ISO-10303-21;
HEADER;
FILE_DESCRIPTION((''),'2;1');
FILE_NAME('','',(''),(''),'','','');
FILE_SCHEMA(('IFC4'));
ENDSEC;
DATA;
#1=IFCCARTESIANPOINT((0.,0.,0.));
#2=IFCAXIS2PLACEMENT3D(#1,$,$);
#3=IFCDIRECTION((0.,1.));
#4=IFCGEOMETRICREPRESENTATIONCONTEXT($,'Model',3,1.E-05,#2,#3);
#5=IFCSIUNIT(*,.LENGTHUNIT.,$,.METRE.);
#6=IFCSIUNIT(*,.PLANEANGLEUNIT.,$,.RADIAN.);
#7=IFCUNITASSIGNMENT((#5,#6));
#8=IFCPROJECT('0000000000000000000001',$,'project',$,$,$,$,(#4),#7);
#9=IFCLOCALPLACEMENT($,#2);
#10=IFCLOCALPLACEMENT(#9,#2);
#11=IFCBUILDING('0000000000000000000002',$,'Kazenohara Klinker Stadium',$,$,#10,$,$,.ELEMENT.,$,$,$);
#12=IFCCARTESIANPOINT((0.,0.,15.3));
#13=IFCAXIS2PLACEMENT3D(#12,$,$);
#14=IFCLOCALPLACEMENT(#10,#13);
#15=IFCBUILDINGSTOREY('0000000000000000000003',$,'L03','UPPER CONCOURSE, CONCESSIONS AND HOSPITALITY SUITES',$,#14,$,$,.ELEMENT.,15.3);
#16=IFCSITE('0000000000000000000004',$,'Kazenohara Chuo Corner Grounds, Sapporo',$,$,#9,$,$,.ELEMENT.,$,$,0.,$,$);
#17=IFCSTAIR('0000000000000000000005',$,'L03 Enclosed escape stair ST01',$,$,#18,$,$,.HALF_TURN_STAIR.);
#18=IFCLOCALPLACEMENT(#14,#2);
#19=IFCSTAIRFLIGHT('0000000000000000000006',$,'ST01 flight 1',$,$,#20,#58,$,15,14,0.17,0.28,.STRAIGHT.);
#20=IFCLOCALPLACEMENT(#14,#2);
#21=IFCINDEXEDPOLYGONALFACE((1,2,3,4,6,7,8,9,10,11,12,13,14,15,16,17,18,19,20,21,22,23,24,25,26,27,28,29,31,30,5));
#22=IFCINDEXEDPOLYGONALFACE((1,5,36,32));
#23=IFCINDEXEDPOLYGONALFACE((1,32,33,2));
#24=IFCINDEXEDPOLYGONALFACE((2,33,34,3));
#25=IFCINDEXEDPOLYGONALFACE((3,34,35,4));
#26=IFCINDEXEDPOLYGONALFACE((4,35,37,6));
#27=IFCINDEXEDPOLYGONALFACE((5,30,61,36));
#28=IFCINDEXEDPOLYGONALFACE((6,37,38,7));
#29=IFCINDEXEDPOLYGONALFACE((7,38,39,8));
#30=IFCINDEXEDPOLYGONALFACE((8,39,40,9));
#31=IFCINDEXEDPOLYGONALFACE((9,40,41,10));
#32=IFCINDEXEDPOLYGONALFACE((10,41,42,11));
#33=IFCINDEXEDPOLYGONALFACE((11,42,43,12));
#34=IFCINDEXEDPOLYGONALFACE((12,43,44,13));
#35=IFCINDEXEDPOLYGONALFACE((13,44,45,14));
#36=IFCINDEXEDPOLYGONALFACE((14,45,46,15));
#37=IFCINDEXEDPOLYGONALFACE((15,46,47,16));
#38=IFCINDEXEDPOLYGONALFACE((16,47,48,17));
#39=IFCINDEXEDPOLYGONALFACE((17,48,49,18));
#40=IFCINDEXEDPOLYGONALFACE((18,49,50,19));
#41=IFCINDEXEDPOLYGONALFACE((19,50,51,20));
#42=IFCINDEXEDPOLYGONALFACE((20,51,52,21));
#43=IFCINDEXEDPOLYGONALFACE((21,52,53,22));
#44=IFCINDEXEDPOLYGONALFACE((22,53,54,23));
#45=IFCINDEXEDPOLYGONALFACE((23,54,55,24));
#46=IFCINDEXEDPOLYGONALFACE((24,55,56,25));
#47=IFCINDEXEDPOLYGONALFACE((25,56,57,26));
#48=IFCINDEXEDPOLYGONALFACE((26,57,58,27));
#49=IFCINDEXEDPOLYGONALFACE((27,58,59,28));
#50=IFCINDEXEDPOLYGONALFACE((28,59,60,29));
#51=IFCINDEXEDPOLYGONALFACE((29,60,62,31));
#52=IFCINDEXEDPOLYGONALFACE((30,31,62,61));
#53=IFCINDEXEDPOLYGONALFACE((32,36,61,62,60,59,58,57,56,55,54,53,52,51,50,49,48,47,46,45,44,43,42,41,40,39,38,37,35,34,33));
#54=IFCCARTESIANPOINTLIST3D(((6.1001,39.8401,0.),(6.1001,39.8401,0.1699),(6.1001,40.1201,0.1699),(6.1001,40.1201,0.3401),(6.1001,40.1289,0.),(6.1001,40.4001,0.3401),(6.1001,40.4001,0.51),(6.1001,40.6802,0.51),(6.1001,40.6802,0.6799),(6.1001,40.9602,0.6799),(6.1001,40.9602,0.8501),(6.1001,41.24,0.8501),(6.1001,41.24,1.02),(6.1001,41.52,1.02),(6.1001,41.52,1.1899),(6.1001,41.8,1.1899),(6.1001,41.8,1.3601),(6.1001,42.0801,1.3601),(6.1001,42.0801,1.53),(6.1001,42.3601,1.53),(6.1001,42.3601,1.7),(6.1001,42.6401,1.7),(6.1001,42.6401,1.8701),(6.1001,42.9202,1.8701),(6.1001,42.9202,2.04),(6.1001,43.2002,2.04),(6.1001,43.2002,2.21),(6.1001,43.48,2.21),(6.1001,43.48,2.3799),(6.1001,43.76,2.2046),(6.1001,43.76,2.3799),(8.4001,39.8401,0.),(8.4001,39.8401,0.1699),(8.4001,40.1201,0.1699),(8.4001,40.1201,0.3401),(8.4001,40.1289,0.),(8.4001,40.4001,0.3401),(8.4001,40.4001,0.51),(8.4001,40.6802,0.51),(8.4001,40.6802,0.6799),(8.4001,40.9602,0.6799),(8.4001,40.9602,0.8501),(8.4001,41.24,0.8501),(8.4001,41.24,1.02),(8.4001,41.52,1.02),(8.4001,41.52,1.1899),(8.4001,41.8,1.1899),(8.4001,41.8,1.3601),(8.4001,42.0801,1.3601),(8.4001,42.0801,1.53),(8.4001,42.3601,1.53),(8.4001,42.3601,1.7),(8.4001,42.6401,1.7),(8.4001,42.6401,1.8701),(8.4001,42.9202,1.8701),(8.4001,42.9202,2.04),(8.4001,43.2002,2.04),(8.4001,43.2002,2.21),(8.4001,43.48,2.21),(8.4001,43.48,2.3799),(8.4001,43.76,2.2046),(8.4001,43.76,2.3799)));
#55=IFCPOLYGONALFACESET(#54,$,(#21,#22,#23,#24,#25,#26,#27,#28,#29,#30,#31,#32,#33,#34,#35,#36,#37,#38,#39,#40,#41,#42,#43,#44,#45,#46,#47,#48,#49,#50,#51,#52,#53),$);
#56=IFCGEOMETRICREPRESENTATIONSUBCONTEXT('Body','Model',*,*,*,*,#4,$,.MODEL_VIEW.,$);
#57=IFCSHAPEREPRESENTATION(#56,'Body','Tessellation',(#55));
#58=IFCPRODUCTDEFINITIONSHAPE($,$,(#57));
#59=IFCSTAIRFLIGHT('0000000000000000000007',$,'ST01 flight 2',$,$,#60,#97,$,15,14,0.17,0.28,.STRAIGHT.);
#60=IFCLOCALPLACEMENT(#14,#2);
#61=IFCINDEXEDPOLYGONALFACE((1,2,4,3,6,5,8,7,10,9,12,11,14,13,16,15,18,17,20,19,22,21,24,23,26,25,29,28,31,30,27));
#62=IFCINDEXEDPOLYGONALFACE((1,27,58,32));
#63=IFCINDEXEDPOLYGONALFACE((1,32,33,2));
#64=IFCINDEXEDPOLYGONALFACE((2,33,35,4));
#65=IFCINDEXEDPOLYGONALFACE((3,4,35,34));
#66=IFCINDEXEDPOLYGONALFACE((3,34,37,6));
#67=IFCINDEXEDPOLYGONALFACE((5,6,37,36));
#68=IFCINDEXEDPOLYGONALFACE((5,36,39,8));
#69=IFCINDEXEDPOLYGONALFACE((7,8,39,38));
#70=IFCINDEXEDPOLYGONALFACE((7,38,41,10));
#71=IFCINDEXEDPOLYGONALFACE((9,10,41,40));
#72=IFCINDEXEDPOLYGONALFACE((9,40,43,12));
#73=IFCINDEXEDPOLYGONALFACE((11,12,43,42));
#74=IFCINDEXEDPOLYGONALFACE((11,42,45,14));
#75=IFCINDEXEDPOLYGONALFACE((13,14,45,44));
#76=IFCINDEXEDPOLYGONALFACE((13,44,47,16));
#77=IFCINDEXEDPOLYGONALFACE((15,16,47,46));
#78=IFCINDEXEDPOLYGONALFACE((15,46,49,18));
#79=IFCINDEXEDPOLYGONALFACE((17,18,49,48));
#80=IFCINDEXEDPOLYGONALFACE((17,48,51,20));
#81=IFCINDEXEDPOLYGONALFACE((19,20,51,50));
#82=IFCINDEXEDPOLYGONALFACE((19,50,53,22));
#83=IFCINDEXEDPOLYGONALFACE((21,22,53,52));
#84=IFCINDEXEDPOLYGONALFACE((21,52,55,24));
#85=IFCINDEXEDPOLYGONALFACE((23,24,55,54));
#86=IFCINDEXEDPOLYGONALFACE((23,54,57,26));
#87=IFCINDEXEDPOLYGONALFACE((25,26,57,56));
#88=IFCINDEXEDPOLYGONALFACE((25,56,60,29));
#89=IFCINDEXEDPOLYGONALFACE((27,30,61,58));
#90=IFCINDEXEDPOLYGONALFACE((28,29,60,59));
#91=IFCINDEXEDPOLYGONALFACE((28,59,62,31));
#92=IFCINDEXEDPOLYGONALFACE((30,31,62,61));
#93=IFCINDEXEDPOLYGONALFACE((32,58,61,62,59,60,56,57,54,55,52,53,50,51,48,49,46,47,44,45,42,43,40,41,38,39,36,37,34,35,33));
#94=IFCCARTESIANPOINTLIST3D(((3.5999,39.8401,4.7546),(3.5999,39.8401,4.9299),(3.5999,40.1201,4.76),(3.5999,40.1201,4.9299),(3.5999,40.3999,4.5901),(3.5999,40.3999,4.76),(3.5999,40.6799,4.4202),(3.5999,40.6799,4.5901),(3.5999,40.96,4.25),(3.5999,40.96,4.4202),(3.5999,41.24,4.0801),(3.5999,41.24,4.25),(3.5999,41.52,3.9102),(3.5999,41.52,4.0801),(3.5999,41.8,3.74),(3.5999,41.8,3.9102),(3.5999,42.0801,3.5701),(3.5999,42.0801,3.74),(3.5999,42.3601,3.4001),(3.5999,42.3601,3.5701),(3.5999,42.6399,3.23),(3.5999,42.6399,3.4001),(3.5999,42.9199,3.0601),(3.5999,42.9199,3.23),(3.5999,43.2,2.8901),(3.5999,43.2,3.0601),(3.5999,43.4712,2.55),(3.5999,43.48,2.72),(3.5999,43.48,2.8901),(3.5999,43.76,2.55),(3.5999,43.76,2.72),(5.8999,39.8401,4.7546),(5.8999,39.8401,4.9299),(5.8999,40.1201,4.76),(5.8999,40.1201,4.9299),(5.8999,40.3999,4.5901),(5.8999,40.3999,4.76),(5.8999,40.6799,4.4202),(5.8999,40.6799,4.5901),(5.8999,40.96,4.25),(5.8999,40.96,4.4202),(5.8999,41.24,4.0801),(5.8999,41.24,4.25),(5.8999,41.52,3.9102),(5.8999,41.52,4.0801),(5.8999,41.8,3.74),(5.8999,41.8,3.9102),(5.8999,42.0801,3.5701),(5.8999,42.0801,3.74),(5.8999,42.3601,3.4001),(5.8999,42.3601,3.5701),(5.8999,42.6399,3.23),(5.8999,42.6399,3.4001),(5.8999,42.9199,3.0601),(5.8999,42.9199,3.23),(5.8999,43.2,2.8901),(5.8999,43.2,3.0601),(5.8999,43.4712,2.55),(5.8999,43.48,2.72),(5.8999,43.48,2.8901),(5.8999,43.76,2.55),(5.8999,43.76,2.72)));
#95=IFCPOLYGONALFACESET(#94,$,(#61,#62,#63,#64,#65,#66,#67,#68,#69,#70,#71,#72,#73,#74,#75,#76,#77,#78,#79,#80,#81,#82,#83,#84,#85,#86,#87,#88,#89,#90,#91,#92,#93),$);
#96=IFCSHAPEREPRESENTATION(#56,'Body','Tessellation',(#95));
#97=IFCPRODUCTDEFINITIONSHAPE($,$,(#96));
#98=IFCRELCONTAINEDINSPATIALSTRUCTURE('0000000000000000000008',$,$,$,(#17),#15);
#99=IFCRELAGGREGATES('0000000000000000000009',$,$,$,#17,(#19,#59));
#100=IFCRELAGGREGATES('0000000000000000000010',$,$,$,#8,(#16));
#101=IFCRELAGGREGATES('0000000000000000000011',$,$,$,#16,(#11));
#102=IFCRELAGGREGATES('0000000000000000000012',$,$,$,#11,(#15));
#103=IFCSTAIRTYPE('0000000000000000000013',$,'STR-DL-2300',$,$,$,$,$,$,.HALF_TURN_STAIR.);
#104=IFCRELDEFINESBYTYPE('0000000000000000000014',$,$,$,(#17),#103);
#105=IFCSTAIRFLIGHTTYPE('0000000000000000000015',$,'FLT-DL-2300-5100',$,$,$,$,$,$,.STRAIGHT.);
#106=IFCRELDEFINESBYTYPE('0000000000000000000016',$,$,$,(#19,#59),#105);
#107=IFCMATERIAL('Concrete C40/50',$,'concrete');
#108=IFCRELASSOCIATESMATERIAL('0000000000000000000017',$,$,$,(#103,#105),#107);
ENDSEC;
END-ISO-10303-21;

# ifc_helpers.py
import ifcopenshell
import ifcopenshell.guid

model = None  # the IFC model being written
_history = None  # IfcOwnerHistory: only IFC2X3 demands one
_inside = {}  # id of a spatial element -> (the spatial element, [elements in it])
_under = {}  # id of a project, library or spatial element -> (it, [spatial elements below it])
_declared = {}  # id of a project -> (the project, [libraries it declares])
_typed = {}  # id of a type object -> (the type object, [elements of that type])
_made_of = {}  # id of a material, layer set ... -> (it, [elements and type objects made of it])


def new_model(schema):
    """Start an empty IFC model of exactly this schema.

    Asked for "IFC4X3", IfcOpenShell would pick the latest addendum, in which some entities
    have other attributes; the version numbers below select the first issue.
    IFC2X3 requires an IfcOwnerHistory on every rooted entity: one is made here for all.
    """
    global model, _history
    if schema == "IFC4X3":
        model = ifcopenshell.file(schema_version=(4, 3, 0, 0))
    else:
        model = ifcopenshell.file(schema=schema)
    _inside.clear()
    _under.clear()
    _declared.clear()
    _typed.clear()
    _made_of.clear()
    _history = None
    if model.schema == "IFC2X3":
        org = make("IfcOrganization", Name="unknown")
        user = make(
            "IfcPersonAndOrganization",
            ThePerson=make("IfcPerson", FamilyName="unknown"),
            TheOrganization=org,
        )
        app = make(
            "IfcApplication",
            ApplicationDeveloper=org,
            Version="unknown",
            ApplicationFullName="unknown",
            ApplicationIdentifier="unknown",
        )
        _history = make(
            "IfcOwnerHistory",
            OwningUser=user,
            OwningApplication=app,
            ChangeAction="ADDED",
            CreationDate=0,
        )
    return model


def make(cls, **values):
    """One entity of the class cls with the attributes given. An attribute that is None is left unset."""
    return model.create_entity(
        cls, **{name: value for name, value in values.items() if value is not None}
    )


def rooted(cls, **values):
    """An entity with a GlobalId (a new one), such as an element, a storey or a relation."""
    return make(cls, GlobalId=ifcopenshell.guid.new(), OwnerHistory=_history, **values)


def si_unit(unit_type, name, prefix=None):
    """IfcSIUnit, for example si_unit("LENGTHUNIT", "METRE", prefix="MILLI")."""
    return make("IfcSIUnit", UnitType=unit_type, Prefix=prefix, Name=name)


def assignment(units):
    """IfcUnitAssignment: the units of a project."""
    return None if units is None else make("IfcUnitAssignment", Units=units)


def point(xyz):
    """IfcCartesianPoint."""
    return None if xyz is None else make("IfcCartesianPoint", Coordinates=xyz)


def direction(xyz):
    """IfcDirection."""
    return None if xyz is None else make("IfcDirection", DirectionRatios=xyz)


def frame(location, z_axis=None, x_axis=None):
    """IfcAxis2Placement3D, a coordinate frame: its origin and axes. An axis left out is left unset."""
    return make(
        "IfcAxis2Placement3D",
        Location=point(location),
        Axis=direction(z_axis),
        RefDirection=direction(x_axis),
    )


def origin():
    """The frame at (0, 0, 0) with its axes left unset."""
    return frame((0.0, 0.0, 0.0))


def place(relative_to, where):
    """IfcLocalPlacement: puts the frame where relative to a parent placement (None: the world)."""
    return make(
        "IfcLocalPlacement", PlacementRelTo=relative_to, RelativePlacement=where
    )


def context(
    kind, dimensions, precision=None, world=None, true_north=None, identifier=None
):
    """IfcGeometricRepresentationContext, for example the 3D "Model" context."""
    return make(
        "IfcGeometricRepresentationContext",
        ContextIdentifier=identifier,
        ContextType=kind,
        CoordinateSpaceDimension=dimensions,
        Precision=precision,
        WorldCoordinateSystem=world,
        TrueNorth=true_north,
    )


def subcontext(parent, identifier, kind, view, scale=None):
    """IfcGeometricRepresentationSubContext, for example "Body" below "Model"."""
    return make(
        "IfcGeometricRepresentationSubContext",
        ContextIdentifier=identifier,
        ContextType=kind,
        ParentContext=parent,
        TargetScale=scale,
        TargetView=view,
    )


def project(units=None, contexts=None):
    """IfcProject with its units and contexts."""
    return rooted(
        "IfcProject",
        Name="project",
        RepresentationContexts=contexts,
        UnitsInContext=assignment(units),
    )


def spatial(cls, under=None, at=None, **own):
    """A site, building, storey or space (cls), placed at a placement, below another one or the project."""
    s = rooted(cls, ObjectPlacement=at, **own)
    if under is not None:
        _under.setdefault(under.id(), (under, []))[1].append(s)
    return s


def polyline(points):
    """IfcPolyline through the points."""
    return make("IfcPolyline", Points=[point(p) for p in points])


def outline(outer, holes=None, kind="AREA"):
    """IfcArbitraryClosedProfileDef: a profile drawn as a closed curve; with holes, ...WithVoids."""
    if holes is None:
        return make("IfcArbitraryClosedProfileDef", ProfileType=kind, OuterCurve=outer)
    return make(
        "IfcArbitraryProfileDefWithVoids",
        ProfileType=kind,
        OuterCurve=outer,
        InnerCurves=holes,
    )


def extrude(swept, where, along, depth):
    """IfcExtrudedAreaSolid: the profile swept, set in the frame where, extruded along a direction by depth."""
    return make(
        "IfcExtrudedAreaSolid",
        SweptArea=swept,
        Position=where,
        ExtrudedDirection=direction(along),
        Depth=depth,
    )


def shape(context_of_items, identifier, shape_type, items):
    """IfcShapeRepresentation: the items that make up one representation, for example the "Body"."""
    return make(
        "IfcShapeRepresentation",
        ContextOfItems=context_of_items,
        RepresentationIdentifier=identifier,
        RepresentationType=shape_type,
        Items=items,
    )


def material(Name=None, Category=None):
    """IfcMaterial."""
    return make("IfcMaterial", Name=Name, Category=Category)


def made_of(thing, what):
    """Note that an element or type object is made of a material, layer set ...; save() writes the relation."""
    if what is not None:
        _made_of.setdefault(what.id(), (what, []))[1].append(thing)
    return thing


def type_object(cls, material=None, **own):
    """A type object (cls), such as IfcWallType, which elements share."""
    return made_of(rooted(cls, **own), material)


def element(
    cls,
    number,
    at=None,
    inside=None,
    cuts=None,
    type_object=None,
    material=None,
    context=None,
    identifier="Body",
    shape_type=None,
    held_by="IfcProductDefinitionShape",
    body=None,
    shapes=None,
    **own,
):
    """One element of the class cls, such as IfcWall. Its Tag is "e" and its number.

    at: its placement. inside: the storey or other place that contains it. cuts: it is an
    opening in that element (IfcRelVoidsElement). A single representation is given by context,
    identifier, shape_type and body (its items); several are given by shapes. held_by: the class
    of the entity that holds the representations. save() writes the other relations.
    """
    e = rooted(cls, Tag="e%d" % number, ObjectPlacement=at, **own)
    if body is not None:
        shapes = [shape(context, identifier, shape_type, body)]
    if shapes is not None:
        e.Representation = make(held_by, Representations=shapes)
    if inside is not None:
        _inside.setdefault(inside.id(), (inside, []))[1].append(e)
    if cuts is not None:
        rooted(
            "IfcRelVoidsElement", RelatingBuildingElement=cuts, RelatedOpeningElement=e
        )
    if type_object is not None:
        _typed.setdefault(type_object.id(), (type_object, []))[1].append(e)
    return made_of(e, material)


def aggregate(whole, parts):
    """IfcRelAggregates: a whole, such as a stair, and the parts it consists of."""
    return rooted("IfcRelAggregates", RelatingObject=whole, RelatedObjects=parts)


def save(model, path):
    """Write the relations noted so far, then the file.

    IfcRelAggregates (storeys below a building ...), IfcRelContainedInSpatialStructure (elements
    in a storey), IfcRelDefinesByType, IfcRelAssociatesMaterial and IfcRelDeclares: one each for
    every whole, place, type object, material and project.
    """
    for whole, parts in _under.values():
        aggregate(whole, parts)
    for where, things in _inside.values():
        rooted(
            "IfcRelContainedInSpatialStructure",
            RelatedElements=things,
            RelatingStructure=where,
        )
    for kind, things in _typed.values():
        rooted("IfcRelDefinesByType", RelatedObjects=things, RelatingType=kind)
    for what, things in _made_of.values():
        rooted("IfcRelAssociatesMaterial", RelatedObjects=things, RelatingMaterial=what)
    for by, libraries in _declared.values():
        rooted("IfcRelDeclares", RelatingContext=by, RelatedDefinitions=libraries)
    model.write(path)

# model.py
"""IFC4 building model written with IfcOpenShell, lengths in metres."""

from ifc_helpers import new_model, si_unit, direction, frame, origin, place, context, subcontext, project, spatial, polyline, outline, extrude, material, type_object, element, aggregate, save


model = new_model("IFC4")

# Units and contexts
model_context = context("Model", 3, precision=1e-05, world=origin(), true_north=direction((0.0, 1.0)))
body_context = subcontext(model_context, "Body", "Model", "MODEL_VIEW")
ifc_project = project(units=[si_unit("LENGTHUNIT", "METRE"), si_unit("PLANEANGLEUNIT", "RADIAN")], contexts=[model_context])

# Site, building, storey
site_placement = place(None, origin())
site = spatial("IfcSite", under=ifc_project, at=site_placement, Name="Kazenohara Chuo Corner Grounds, Sapporo", CompositionType="ELEMENT", RefElevation=0.0)
building_placement = place(site_placement, origin())
building = spatial("IfcBuilding", under=site, at=building_placement, Name="Kazenohara Klinker Stadium", CompositionType="ELEMENT")
storey_placement = place(building_placement, frame((0.0, 0.0, 15.3)))
storey = spatial("IfcBuildingStorey", under=building, at=storey_placement, Name="L03", Description="UPPER CONCOURSE, CONCESSIONS AND HOSPITALITY SUITES", CompositionType="ELEMENT", Elevation=15.3)

# Shared definitions
ifc_material_1 = material(Name="Concrete C40/50", Category="concrete")

# Stair, stair flights
stair_type = type_object("IfcStairType", Name="STR-DL-2300", PredefinedType="HALF_TURN_STAIR", material=ifc_material_1)
stair_placement = place(storey_placement, origin())
stair = element("IfcStair", 1, at=stair_placement, inside=storey, type_object=stair_type, Name="L03 Enclosed escape stair ST01", PredefinedType="HALF_TURN_STAIR")
stair_flight_type = type_object("IfcStairFlightType", Name="FLT-DL-2300-5100", PredefinedType="STRAIGHT", material=ifc_material_1)
stair_flight_1_placement = place(storey_placement, frame((7.25, 39.8401, 0.0), z_axis=(0.0, 0.0, 1.0), x_axis=(0.0, 1.0, 0.0)))
stair_flight_1 = element("IfcStairFlight", 2, at=stair_flight_1_placement, type_object=stair_flight_type, Name="ST01 flight 1", NumberOfRisers=15, NumberOfTreads=14, PredefinedType="STRAIGHT", RiserHeight=0.17, TreadLength=0.28, context=body_context, shape_type="SweptSolid", body=[
    extrude(outline(polyline([(0.0, 0.0), (0.0, 0.1699), (0.28, 0.1699), (0.28, 0.3401), (0.5601, 0.3401), (0.5601, 0.51), (0.8401, 0.51), (0.8401, 0.6799), (1.1201, 0.6799), (1.1201, 0.8501), (1.3999, 0.8501), (1.3999, 1.02), (1.6799, 1.02), (1.6799, 1.1899), (1.96, 1.1899), (1.96, 1.3601), (2.24, 1.3601), (2.24, 1.53), (2.52, 1.53), (2.52, 1.7), (2.8, 1.7), (2.8, 1.8701), (3.0801, 1.8701), (3.0801, 2.04), (3.3601, 2.04), (3.3601, 2.21), (3.6399, 2.21), (3.6399, 2.3799), (3.9199, 2.3799), (3.9199, 2.55), (3.9199, 2.2046), (0.2888, 0.0), (0.0, 0.0)])), frame((0.0, 1.1499, 0.0), z_axis=(0.0, -1.0, 0.0), x_axis=(1.0, 0.0, 0.0)), (0.0, 0.0, 1.0), 2.3),
])
stair_flight_2_placement = place(storey_placement, frame((4.75, 43.76, 2.55), z_axis=(0.0, 0.0, 1.0), x_axis=(0.0, -1.0, 0.0)))
stair_flight_2 = element("IfcStairFlight", 3, at=stair_flight_2_placement, type_object=stair_flight_type, Name="ST01 flight 2", NumberOfRisers=15, NumberOfTreads=14, PredefinedType="STRAIGHT", RiserHeight=0.17, TreadLength=0.28, context=body_context, shape_type="SweptSolid", body=[
    extrude(outline(polyline([(0.0, 0.0), (0.0, 0.1699), (0.28, 0.1699), (0.28, 0.3401), (0.5601, 0.3401), (0.5601, 0.51), (0.8401, 0.51), (0.8401, 0.6799), (1.1201, 0.6799), (1.1201, 0.8501), (1.3999, 0.8501), (1.3999, 1.02), (1.6799, 1.02), (1.6799, 1.1899), (1.96, 1.1899), (1.96, 1.3601), (2.24, 1.3601), (2.24, 1.53), (2.52, 1.53), (2.52, 1.7), (2.8, 1.7), (2.8, 1.8701), (3.0801, 1.8701), (3.0801, 2.04), (3.3601, 2.04), (3.3601, 2.21), (3.6399, 2.21), (3.6399, 2.3799), (3.9199, 2.3799), (3.9199, 2.55), (3.9199, 2.2046), (0.2888, 0.0), (0.0, 0.0)])), frame((0.0, 1.1499, 0.0), z_axis=(0.0, -1.0, 0.0), x_axis=(1.0, 0.0, 0.0)), (0.0, 0.0, 1.0), 2.3),
])
aggregate(stair, [stair_flight_1, stair_flight_2])

save(model, "model.ifc")
